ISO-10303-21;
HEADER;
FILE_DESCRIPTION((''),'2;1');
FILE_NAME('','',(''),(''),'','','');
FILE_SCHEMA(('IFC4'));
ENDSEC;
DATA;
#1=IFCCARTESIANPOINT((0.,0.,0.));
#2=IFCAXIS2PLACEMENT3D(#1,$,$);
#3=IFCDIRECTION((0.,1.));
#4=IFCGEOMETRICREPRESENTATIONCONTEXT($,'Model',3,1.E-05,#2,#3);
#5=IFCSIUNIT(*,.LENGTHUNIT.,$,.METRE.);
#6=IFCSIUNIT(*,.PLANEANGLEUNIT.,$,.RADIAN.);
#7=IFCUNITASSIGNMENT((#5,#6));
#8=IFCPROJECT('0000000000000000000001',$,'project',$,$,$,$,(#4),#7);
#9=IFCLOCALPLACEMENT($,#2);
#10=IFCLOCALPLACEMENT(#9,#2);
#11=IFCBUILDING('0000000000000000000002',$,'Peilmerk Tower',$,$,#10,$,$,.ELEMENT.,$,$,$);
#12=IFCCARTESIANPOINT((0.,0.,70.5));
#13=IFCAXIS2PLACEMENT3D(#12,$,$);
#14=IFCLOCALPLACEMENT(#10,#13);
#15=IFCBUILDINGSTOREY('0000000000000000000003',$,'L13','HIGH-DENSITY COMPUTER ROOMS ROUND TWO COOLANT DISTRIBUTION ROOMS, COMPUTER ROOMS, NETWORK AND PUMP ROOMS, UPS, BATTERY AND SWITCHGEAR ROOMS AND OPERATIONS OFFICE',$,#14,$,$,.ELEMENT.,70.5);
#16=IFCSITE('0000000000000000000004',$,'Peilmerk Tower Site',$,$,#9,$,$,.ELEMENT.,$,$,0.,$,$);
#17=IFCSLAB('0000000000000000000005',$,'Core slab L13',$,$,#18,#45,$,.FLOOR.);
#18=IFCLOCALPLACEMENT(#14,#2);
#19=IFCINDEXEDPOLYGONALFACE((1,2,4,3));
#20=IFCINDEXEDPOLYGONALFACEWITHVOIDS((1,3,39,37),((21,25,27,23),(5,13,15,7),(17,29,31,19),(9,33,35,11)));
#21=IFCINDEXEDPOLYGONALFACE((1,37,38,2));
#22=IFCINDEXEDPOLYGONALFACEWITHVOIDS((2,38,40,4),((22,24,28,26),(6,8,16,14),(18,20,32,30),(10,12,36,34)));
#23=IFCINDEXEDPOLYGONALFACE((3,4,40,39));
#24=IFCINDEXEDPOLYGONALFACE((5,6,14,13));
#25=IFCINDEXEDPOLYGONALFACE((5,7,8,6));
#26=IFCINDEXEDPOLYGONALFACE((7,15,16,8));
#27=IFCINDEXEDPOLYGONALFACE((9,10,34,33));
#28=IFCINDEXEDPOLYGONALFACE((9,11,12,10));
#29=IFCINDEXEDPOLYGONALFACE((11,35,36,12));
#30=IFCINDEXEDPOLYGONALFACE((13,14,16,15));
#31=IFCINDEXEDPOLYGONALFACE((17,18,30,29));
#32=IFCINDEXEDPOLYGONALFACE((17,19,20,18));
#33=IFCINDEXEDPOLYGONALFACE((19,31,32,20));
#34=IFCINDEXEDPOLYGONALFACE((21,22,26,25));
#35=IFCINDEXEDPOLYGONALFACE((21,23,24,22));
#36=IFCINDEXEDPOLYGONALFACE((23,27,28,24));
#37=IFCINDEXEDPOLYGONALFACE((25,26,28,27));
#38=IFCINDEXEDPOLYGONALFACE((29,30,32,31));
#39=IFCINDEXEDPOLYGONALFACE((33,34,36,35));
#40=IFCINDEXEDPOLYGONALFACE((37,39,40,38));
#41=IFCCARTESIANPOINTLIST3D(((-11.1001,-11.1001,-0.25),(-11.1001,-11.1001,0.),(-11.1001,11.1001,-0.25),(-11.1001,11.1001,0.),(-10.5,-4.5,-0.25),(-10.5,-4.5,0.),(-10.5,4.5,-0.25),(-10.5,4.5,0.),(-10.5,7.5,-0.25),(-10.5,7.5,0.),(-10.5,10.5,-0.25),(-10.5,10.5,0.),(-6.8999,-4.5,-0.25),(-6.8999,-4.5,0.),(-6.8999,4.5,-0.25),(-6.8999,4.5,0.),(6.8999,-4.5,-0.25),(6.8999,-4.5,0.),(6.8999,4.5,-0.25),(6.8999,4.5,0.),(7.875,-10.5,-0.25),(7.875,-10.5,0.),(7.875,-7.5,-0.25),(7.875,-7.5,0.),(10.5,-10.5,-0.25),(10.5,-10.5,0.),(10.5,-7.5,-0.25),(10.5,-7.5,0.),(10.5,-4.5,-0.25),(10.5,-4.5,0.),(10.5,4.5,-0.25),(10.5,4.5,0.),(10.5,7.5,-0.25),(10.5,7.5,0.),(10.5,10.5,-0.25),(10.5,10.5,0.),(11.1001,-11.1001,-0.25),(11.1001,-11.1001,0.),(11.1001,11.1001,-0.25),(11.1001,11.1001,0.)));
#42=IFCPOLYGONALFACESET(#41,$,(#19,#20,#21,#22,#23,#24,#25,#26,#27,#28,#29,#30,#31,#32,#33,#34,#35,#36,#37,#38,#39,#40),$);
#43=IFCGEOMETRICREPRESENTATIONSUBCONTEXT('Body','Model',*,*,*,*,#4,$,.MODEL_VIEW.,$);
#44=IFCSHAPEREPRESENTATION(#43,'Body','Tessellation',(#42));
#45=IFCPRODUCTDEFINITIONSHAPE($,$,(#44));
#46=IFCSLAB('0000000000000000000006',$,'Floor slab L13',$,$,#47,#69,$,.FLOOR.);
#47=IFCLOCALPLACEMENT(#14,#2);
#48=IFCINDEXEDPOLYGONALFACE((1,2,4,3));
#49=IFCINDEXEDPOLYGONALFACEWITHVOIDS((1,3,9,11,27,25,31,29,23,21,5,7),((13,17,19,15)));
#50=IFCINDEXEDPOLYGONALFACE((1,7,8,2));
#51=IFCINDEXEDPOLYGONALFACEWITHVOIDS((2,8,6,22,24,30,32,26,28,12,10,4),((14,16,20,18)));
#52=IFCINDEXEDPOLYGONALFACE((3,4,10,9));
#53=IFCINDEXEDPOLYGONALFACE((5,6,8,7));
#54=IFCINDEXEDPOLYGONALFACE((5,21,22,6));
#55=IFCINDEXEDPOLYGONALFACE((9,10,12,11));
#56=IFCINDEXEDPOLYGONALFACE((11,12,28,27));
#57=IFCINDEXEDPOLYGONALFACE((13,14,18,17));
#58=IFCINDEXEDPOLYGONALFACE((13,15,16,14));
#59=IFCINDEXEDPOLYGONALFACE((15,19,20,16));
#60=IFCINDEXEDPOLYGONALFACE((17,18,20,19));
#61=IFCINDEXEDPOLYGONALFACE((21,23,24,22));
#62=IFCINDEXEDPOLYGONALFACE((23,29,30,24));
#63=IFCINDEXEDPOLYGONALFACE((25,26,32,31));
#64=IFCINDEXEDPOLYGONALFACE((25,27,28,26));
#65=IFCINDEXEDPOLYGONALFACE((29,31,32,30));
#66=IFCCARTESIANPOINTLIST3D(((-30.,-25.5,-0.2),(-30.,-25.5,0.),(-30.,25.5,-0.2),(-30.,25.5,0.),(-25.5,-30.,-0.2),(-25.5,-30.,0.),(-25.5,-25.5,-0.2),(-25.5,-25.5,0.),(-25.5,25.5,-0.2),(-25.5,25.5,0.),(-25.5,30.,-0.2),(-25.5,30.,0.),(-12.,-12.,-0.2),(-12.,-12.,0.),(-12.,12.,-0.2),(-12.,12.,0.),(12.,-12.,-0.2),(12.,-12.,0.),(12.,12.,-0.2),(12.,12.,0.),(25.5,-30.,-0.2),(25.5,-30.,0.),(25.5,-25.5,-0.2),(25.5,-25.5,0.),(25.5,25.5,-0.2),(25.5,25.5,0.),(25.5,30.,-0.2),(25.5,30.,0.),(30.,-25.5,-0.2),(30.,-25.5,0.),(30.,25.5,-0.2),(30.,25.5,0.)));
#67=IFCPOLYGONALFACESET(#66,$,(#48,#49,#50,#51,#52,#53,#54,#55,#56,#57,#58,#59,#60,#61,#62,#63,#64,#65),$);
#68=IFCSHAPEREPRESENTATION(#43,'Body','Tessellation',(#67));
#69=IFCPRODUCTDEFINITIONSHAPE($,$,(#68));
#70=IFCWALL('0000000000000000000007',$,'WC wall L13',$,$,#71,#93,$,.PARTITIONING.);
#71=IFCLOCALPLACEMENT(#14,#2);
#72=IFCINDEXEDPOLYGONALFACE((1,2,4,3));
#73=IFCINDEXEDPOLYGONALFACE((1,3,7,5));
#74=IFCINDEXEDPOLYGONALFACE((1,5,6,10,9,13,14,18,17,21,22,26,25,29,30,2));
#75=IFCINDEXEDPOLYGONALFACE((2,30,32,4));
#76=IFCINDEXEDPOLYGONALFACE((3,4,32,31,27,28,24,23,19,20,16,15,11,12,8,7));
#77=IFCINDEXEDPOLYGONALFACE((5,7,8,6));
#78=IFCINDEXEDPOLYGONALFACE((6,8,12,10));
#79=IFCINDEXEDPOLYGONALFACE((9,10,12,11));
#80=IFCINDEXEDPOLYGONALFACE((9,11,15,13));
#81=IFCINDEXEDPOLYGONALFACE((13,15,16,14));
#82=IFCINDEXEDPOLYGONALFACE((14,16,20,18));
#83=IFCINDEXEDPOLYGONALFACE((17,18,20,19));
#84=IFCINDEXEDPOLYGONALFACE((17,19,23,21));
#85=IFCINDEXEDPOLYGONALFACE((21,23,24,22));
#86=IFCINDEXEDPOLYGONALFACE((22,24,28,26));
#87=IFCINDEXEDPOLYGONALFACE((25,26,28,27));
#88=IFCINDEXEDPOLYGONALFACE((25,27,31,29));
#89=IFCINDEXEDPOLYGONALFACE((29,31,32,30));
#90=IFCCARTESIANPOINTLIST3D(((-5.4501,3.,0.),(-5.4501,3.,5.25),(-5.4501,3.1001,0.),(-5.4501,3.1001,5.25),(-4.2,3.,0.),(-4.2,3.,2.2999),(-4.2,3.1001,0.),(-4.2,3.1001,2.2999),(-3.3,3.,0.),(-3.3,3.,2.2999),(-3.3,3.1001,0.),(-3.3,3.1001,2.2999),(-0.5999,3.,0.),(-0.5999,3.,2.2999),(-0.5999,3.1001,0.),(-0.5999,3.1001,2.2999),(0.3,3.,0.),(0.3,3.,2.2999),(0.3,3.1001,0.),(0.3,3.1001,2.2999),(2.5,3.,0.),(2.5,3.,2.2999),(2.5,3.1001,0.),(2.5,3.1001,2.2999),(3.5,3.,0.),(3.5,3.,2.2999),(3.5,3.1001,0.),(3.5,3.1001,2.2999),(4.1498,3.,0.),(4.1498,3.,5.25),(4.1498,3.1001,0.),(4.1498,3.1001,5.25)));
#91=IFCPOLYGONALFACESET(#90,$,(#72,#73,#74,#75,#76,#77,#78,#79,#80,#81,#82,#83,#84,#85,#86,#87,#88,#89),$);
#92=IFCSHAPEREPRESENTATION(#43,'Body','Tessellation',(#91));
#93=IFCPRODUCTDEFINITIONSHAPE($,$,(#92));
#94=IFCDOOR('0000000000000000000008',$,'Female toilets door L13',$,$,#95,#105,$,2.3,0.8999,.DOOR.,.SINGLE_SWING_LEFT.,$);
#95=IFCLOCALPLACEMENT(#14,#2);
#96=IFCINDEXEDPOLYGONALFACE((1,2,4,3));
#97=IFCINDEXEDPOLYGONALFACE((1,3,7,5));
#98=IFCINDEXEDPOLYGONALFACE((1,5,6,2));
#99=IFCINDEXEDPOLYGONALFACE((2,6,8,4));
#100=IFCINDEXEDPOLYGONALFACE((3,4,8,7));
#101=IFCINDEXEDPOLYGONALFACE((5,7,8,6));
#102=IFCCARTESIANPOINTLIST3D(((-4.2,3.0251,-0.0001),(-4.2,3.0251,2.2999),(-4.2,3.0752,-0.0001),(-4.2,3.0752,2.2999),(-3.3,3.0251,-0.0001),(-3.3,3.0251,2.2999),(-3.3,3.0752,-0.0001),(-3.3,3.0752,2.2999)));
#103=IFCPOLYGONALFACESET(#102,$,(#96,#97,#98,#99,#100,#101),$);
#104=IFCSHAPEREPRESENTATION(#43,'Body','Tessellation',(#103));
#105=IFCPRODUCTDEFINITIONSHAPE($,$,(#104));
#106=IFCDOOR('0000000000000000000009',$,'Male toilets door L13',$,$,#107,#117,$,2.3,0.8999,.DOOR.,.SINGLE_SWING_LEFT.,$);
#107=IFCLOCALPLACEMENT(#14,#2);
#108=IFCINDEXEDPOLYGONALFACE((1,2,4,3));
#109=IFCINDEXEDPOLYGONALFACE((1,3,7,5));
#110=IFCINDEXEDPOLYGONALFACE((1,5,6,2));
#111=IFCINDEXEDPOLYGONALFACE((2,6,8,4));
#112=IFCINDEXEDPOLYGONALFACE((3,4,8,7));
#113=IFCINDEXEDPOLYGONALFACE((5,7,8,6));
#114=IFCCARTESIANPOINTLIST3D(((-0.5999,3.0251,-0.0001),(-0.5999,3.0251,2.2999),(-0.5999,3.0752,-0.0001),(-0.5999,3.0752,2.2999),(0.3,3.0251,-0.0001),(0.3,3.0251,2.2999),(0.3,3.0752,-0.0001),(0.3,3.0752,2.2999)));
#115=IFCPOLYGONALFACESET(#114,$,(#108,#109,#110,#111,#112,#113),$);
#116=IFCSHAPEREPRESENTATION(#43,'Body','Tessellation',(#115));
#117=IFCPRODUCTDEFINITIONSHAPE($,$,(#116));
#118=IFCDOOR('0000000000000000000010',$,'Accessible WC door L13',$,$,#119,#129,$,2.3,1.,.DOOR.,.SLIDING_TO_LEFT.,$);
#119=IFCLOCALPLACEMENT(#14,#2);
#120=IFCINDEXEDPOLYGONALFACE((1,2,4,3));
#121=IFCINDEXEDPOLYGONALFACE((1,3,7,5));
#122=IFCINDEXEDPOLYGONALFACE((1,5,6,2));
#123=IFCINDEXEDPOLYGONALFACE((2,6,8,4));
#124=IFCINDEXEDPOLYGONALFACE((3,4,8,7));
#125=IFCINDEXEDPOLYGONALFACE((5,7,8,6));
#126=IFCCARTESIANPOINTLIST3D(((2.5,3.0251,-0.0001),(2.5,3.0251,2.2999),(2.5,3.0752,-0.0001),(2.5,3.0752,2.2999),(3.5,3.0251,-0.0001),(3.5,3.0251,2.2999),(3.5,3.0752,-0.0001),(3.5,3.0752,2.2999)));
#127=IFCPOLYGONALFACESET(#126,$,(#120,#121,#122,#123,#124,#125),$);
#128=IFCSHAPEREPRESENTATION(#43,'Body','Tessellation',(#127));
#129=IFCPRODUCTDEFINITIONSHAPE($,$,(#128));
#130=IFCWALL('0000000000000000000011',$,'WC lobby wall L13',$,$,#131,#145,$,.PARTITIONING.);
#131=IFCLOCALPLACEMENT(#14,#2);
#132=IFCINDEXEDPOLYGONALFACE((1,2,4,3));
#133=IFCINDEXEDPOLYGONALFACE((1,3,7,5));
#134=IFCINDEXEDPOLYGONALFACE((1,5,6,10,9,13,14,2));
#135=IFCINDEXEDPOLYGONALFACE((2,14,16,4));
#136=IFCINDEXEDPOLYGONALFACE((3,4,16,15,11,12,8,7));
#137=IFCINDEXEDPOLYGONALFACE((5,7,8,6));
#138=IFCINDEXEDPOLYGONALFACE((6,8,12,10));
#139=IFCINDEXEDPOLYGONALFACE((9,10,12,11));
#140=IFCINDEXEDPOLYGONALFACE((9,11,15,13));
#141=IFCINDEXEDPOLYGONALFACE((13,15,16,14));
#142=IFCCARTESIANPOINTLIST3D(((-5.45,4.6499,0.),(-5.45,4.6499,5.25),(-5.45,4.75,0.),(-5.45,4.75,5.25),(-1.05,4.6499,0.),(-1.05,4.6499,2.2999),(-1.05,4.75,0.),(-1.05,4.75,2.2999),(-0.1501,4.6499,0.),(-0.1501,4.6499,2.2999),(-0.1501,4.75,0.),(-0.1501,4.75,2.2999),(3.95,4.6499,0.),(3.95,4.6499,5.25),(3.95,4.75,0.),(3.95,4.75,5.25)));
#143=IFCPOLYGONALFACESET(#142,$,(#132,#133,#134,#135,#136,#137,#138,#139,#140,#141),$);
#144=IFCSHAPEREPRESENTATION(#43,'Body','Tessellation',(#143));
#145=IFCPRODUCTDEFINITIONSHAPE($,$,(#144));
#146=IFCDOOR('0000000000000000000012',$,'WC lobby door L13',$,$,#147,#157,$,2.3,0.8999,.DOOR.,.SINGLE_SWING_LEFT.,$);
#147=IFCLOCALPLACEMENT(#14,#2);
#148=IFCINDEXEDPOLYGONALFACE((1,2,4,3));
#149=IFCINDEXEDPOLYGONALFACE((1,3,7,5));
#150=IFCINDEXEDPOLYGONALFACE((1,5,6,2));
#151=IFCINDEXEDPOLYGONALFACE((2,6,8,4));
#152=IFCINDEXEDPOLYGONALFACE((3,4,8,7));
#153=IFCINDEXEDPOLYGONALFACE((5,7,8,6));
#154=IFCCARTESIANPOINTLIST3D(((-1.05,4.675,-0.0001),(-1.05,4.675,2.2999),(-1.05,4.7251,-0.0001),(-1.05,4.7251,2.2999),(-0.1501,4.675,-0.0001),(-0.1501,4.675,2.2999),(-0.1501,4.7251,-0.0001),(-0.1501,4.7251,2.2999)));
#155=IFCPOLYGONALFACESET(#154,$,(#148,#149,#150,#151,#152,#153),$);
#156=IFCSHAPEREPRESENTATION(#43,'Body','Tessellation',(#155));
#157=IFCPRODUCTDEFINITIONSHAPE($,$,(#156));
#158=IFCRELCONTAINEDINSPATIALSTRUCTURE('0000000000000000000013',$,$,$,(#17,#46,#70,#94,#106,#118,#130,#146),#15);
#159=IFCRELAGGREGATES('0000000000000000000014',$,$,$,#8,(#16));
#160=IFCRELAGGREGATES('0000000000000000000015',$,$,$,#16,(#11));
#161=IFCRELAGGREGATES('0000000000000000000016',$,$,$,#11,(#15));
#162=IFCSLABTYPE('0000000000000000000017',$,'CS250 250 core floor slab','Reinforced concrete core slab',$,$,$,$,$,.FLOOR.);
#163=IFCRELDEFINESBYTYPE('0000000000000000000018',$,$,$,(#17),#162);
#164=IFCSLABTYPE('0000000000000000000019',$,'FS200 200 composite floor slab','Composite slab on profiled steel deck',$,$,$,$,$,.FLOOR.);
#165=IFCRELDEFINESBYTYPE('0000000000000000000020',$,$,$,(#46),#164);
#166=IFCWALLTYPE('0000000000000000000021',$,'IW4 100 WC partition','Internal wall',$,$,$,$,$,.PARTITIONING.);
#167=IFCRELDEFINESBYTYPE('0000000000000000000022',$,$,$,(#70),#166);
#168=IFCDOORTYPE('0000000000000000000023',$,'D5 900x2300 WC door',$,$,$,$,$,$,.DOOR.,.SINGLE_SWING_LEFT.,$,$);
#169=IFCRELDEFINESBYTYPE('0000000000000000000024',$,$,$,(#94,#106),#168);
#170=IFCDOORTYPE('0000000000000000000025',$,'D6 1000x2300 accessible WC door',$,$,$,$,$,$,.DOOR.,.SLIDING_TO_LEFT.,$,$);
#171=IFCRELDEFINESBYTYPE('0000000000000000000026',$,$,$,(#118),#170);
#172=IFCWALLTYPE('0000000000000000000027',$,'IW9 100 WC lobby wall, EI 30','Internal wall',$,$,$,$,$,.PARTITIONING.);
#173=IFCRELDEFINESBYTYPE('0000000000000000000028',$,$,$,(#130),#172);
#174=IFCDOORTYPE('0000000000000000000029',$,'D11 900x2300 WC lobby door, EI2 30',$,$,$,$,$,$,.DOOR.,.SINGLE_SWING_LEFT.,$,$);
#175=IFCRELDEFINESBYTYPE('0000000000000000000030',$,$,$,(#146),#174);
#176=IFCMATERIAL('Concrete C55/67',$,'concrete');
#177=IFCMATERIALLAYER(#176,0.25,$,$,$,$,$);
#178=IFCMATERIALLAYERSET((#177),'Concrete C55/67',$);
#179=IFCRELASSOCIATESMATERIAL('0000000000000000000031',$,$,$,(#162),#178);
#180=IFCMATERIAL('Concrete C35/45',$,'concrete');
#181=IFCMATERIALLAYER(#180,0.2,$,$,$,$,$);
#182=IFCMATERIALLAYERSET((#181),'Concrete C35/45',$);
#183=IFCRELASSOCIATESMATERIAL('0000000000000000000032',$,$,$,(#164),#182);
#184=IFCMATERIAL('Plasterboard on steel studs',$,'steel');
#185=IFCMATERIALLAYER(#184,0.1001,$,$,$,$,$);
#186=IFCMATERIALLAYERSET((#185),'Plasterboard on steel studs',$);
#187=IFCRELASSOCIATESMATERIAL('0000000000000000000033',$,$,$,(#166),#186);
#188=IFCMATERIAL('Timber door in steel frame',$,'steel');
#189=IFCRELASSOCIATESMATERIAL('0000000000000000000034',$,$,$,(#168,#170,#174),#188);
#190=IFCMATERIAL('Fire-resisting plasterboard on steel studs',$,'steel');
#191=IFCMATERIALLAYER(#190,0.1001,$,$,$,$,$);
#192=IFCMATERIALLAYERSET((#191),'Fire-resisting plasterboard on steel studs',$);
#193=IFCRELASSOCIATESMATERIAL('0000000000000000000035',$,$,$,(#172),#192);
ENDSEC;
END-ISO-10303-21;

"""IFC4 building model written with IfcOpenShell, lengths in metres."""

from ifc_helpers import new_model, si_unit, direction, frame, frame_2d, origin, place, context, subcontext, project, spatial, polyline, rectangle, outline, extrude, material, layer, layer_set, type_object, element, fill, save


model = new_model("IFC4")

# Units and contexts
model_context = context("Model", 3, precision=1e-05, world=origin(), true_north=direction((0.0, 1.0)))
body_context = subcontext(model_context, "Body", "Model", "MODEL_VIEW")
ifc_project = project(units=[si_unit("LENGTHUNIT", "METRE"), si_unit("PLANEANGLEUNIT", "RADIAN")], contexts=[model_context])

# Site, building, storey
site_placement = place(None, origin())
site = spatial("IfcSite", under=ifc_project, at=site_placement, Name="Peilmerk Tower Site", CompositionType="ELEMENT", RefElevation=0.0)
building_placement = place(site_placement, origin())
building = spatial("IfcBuilding", under=site, at=building_placement, Name="Peilmerk Tower", CompositionType="ELEMENT")
storey_placement = place(building_placement, frame((0.0, 0.0, 70.5)))
storey = spatial("IfcBuildingStorey", under=building, at=storey_placement, Name="L13", Description="HIGH-DENSITY COMPUTER ROOMS ROUND TWO COOLANT DISTRIBUTION ROOMS, COMPUTER ROOMS, NETWORK AND PUMP ROOMS, UPS, BATTERY AND SWITCHGEAR ROOMS AND OPERATIONS OFFICE", CompositionType="ELEMENT", Elevation=70.5)

# Slabs
ifc_material_1 = material(Name="Concrete C55/67", Category="concrete")
ifc_layer_1 = layer(ifc_material_1, 0.25)
ifc_layer_set_1 = layer_set([ifc_layer_1], Name="Concrete C55/67")
slab_type_1 = type_object("IfcSlabType", Name="CS250 250 core floor slab", Description="Reinforced concrete core slab", PredefinedType="FLOOR", material=ifc_layer_set_1)
slab_1_placement = place(storey_placement, frame((0.0, 0.0, -0.25)))
element("IfcSlab", 1, at=slab_1_placement, inside=storey, type_object=slab_type_1, Name="Core slab L13", PredefinedType="FLOOR", context=body_context, shape_type="SweptSolid", body=[
    extrude(outline(polyline([(-11.1001, 11.1001), (-11.1001, -11.1001), (11.1001, -11.1001), (11.1001, 11.1001), (-11.1001, 11.1001)]), holes=[polyline([(10.5, 7.5), (-10.5, 7.5), (-10.5, 10.5), (10.5, 10.5), (10.5, 7.5)]), polyline([(7.875, -10.5), (7.875, -7.5), (10.5, -7.5), (10.5, -10.5), (7.875, -10.5)]), polyline([(-10.5, 4.5), (-6.8999, 4.5), (-6.8999, -4.5), (-10.5, -4.5), (-10.5, 4.5)]), polyline([(10.5, 4.5), (10.5, -4.5), (6.8999, -4.5), (6.8999, 4.5), (10.5, 4.5)])]), origin(), (0.0, 0.0, 1.0), 0.25),
])
ifc_material_2 = material(Name="Concrete C35/45", Category="concrete")
ifc_layer_2 = layer(ifc_material_2, 0.2)
ifc_layer_set_2 = layer_set([ifc_layer_2], Name="Concrete C35/45")
slab_type_2 = type_object("IfcSlabType", Name="FS200 200 composite floor slab", Description="Composite slab on profiled steel deck", PredefinedType="FLOOR", material=ifc_layer_set_2)
slab_2_placement = place(storey_placement, frame((0.0, 0.0, -0.2)))
element("IfcSlab", 2, at=slab_2_placement, inside=storey, type_object=slab_type_2, Name="Floor slab L13", PredefinedType="FLOOR", context=body_context, shape_type="SweptSolid", body=[
    extrude(outline(polyline([(-25.5, -30.0), (25.5, -30.0), (25.5, -25.5), (30.0, -25.5), (30.0, 25.5), (25.5, 25.5), (25.5, 30.0), (-25.5, 30.0), (-25.5, 25.5), (-30.0, 25.5), (-30.0, -25.5), (-25.5, -25.5), (-25.5, -30.0)]), holes=[polyline([(12.0, 12.0), (12.0, -12.0), (-12.0, -12.0), (-12.0, 12.0), (12.0, 12.0)])]), origin(), (0.0, 0.0, 1.0), 0.2),
])

# Wall, openings, doors
ifc_material_3 = material(Name="Plasterboard on steel studs", Category="steel")
ifc_layer_3 = layer(ifc_material_3, 0.1001)
ifc_layer_set_3 = layer_set([ifc_layer_3], Name="Plasterboard on steel studs")
wall_type_1 = type_object("IfcWallType", Name="IW4 100 WC partition", Description="Internal wall", PredefinedType="PARTITIONING", material=ifc_layer_set_3)
wall_1_placement = place(storey_placement, frame((-5.45, 3.05, 0.0), z_axis=(0.0, 0.0, 1.0), x_axis=(1.0, 0.0, 0.0)))
wall_1 = element("IfcWall", 3, at=wall_1_placement, inside=storey, type_object=wall_type_1, Name="WC wall L13", PredefinedType="PARTITIONING", context=body_context, shape_type="SweptSolid", body=[
    extrude(rectangle(XDim=9.5999, YDim=0.1001, at=frame_2d((4.7998, 0.0))), origin(), (0.0, 0.0, 1.0), 5.25),
])
opening_1_placement = place(wall_1_placement, frame((1.25, 0.0, 0.0)))
opening_1 = element("IfcOpeningElement", 4, at=opening_1_placement, cuts=wall_1, PredefinedType="OPENING", context=body_context, shape_type="SweptSolid", body=[
    extrude(rectangle(XDim=0.8999, YDim=2.3, at=frame_2d((0.45, 1.1499))), frame((0.0, 0.0601, 0.0), z_axis=(0.0, -1.0, 0.0), x_axis=(1.0, 0.0, 0.0)), (0.0, 0.0, 1.0), 0.1201),
])
opening_2_placement = place(wall_1_placement, frame((4.8501, 0.0, 0.0)))
opening_2 = element("IfcOpeningElement", 5, at=opening_2_placement, cuts=wall_1, PredefinedType="OPENING", context=body_context, shape_type="SweptSolid", body=[
    extrude(rectangle(XDim=0.8999, YDim=2.3, at=frame_2d((0.45, 1.1499))), frame((0.0, 0.0601, 0.0), z_axis=(0.0, -1.0, 0.0), x_axis=(1.0, 0.0, 0.0)), (0.0, 0.0, 1.0), 0.1201),
])
opening_3_placement = place(wall_1_placement, frame((7.95, 0.0, 0.0)))
opening_3 = element("IfcOpeningElement", 6, at=opening_3_placement, cuts=wall_1, PredefinedType="OPENING", context=body_context, shape_type="SweptSolid", body=[
    extrude(rectangle(XDim=1.0, YDim=2.3, at=frame_2d((0.5, 1.1499))), frame((0.0, 0.0601, 0.0), z_axis=(0.0, -1.0, 0.0), x_axis=(1.0, 0.0, 0.0)), (0.0, 0.0, 1.0), 0.1201),
])
ifc_material_4 = material(Name="Timber door in steel frame", Category="steel")
door_type_1 = type_object("IfcDoorType", Name="D5 900x2300 WC door", OperationType="SINGLE_SWING_LEFT", PredefinedType="DOOR", material=ifc_material_4)
door_1_placement = place(opening_1_placement, frame((0.8999, 0.0, 0.0), z_axis=(0.0, 0.0, 1.0), x_axis=(-1.0, 0.0, 0.0)))
door_1 = element("IfcDoor", 7, at=door_1_placement, inside=storey, type_object=door_type_1, Name="Female toilets door L13", OperationType="SINGLE_SWING_LEFT", OverallHeight=2.3, OverallWidth=0.8999, PredefinedType="DOOR", context=body_context, shape_type="SweptSolid", body=[
    extrude(rectangle(XDim=0.8999, YDim=2.3, at=frame_2d((0.45, 1.1499))), frame((0.0, 0.0249, 0.0), z_axis=(0.0, -1.0, 0.0), x_axis=(1.0, 0.0, 0.0)), (0.0, 0.0, 1.0), 0.05),
])
fill(opening_1, door_1)
door_2_placement = place(opening_2_placement, frame((0.8999, 0.0, 0.0), z_axis=(0.0, 0.0, 1.0), x_axis=(-1.0, 0.0, 0.0)))
door_2 = element("IfcDoor", 8, at=door_2_placement, inside=storey, type_object=door_type_1, Name="Male toilets door L13", OperationType="SINGLE_SWING_LEFT", OverallHeight=2.3, OverallWidth=0.8999, PredefinedType="DOOR", context=body_context, shape_type="SweptSolid", body=[
    extrude(rectangle(XDim=0.8999, YDim=2.3, at=frame_2d((0.45, 1.1499))), frame((0.0, 0.0249, 0.0), z_axis=(0.0, -1.0, 0.0), x_axis=(1.0, 0.0, 0.0)), (0.0, 0.0, 1.0), 0.05),
])
fill(opening_2, door_2)
door_type_2 = type_object("IfcDoorType", Name="D6 1000x2300 accessible WC door", OperationType="SLIDING_TO_LEFT", PredefinedType="DOOR", material=ifc_material_4)
door_3_placement = place(opening_3_placement, frame((1.0, 0.0, 0.0), z_axis=(0.0, 0.0, 1.0), x_axis=(-1.0, 0.0, 0.0)))
door_3 = element("IfcDoor", 9, at=door_3_placement, inside=storey, type_object=door_type_2, Name="Accessible WC door L13", OperationType="SLIDING_TO_LEFT", OverallHeight=2.3, OverallWidth=1.0, PredefinedType="DOOR", context=body_context, shape_type="SweptSolid", body=[
    extrude(rectangle(XDim=1.0, YDim=2.3, at=frame_2d((0.5, 1.1499))), frame((0.0, 0.0249, 0.0), z_axis=(0.0, -1.0, 0.0), x_axis=(1.0, 0.0, 0.0)), (0.0, 0.0, 1.0), 0.05),
])
fill(opening_3, door_3)

# Wall, opening, door
ifc_material_5 = material(Name="Fire-resisting plasterboard on steel studs", Category="steel")
ifc_layer_4 = layer(ifc_material_5, 0.1001)
ifc_layer_set_4 = layer_set([ifc_layer_4], Name="Fire-resisting plasterboard on steel studs")
wall_type_2 = type_object("IfcWallType", Name="IW9 100 WC lobby wall, EI 30", Description="Internal wall", PredefinedType="PARTITIONING", material=ifc_layer_set_4)
wall_2_placement = place(storey_placement, frame((-5.45, 4.7, 0.0), z_axis=(0.0, 0.0, 1.0), x_axis=(1.0, 0.0, 0.0)))
wall_2 = element("IfcWall", 10, at=wall_2_placement, inside=storey, type_object=wall_type_2, Name="WC lobby wall L13", PredefinedType="PARTITIONING", context=body_context, shape_type="SweptSolid", body=[
    extrude(rectangle(XDim=9.3999, YDim=0.1001, at=frame_2d((4.7, 0.0))), origin(), (0.0, 0.0, 1.0), 5.25),
])
opening_4_placement = place(wall_2_placement, frame((4.3999, 0.0, 0.0)))
opening_4 = element("IfcOpeningElement", 11, at=opening_4_placement, cuts=wall_2, PredefinedType="OPENING", context=body_context, shape_type="SweptSolid", body=[
    extrude(rectangle(XDim=0.8999, YDim=2.3, at=frame_2d((0.45, 1.1499))), frame((0.0, 0.0601, 0.0), z_axis=(0.0, -1.0, 0.0), x_axis=(1.0, 0.0, 0.0)), (0.0, 0.0, 1.0), 0.1201),
])
door_type_3 = type_object("IfcDoorType", Name="D11 900x2300 WC lobby door, EI2 30", OperationType="SINGLE_SWING_LEFT", PredefinedType="DOOR", material=ifc_material_4)
door_4_placement = place(opening_4_placement, frame((0.8999, 0.0, 0.0), z_axis=(0.0, 0.0, 1.0), x_axis=(-1.0, 0.0, 0.0)))
door_4 = element("IfcDoor", 12, at=door_4_placement, inside=storey, type_object=door_type_3, Name="WC lobby door L13", OperationType="SINGLE_SWING_LEFT", OverallHeight=2.3, OverallWidth=0.8999, PredefinedType="DOOR", context=body_context, shape_type="SweptSolid", body=[
    extrude(rectangle(XDim=0.8999, YDim=2.3, at=frame_2d((0.45, 1.1499))), frame((0.0, 0.0249, 0.0), z_axis=(0.0, -1.0, 0.0), x_axis=(1.0, 0.0, 0.0)), (0.0, 0.0, 1.0), 0.05),
])
fill(opening_4, door_4)

save(model, "model.ifc")
